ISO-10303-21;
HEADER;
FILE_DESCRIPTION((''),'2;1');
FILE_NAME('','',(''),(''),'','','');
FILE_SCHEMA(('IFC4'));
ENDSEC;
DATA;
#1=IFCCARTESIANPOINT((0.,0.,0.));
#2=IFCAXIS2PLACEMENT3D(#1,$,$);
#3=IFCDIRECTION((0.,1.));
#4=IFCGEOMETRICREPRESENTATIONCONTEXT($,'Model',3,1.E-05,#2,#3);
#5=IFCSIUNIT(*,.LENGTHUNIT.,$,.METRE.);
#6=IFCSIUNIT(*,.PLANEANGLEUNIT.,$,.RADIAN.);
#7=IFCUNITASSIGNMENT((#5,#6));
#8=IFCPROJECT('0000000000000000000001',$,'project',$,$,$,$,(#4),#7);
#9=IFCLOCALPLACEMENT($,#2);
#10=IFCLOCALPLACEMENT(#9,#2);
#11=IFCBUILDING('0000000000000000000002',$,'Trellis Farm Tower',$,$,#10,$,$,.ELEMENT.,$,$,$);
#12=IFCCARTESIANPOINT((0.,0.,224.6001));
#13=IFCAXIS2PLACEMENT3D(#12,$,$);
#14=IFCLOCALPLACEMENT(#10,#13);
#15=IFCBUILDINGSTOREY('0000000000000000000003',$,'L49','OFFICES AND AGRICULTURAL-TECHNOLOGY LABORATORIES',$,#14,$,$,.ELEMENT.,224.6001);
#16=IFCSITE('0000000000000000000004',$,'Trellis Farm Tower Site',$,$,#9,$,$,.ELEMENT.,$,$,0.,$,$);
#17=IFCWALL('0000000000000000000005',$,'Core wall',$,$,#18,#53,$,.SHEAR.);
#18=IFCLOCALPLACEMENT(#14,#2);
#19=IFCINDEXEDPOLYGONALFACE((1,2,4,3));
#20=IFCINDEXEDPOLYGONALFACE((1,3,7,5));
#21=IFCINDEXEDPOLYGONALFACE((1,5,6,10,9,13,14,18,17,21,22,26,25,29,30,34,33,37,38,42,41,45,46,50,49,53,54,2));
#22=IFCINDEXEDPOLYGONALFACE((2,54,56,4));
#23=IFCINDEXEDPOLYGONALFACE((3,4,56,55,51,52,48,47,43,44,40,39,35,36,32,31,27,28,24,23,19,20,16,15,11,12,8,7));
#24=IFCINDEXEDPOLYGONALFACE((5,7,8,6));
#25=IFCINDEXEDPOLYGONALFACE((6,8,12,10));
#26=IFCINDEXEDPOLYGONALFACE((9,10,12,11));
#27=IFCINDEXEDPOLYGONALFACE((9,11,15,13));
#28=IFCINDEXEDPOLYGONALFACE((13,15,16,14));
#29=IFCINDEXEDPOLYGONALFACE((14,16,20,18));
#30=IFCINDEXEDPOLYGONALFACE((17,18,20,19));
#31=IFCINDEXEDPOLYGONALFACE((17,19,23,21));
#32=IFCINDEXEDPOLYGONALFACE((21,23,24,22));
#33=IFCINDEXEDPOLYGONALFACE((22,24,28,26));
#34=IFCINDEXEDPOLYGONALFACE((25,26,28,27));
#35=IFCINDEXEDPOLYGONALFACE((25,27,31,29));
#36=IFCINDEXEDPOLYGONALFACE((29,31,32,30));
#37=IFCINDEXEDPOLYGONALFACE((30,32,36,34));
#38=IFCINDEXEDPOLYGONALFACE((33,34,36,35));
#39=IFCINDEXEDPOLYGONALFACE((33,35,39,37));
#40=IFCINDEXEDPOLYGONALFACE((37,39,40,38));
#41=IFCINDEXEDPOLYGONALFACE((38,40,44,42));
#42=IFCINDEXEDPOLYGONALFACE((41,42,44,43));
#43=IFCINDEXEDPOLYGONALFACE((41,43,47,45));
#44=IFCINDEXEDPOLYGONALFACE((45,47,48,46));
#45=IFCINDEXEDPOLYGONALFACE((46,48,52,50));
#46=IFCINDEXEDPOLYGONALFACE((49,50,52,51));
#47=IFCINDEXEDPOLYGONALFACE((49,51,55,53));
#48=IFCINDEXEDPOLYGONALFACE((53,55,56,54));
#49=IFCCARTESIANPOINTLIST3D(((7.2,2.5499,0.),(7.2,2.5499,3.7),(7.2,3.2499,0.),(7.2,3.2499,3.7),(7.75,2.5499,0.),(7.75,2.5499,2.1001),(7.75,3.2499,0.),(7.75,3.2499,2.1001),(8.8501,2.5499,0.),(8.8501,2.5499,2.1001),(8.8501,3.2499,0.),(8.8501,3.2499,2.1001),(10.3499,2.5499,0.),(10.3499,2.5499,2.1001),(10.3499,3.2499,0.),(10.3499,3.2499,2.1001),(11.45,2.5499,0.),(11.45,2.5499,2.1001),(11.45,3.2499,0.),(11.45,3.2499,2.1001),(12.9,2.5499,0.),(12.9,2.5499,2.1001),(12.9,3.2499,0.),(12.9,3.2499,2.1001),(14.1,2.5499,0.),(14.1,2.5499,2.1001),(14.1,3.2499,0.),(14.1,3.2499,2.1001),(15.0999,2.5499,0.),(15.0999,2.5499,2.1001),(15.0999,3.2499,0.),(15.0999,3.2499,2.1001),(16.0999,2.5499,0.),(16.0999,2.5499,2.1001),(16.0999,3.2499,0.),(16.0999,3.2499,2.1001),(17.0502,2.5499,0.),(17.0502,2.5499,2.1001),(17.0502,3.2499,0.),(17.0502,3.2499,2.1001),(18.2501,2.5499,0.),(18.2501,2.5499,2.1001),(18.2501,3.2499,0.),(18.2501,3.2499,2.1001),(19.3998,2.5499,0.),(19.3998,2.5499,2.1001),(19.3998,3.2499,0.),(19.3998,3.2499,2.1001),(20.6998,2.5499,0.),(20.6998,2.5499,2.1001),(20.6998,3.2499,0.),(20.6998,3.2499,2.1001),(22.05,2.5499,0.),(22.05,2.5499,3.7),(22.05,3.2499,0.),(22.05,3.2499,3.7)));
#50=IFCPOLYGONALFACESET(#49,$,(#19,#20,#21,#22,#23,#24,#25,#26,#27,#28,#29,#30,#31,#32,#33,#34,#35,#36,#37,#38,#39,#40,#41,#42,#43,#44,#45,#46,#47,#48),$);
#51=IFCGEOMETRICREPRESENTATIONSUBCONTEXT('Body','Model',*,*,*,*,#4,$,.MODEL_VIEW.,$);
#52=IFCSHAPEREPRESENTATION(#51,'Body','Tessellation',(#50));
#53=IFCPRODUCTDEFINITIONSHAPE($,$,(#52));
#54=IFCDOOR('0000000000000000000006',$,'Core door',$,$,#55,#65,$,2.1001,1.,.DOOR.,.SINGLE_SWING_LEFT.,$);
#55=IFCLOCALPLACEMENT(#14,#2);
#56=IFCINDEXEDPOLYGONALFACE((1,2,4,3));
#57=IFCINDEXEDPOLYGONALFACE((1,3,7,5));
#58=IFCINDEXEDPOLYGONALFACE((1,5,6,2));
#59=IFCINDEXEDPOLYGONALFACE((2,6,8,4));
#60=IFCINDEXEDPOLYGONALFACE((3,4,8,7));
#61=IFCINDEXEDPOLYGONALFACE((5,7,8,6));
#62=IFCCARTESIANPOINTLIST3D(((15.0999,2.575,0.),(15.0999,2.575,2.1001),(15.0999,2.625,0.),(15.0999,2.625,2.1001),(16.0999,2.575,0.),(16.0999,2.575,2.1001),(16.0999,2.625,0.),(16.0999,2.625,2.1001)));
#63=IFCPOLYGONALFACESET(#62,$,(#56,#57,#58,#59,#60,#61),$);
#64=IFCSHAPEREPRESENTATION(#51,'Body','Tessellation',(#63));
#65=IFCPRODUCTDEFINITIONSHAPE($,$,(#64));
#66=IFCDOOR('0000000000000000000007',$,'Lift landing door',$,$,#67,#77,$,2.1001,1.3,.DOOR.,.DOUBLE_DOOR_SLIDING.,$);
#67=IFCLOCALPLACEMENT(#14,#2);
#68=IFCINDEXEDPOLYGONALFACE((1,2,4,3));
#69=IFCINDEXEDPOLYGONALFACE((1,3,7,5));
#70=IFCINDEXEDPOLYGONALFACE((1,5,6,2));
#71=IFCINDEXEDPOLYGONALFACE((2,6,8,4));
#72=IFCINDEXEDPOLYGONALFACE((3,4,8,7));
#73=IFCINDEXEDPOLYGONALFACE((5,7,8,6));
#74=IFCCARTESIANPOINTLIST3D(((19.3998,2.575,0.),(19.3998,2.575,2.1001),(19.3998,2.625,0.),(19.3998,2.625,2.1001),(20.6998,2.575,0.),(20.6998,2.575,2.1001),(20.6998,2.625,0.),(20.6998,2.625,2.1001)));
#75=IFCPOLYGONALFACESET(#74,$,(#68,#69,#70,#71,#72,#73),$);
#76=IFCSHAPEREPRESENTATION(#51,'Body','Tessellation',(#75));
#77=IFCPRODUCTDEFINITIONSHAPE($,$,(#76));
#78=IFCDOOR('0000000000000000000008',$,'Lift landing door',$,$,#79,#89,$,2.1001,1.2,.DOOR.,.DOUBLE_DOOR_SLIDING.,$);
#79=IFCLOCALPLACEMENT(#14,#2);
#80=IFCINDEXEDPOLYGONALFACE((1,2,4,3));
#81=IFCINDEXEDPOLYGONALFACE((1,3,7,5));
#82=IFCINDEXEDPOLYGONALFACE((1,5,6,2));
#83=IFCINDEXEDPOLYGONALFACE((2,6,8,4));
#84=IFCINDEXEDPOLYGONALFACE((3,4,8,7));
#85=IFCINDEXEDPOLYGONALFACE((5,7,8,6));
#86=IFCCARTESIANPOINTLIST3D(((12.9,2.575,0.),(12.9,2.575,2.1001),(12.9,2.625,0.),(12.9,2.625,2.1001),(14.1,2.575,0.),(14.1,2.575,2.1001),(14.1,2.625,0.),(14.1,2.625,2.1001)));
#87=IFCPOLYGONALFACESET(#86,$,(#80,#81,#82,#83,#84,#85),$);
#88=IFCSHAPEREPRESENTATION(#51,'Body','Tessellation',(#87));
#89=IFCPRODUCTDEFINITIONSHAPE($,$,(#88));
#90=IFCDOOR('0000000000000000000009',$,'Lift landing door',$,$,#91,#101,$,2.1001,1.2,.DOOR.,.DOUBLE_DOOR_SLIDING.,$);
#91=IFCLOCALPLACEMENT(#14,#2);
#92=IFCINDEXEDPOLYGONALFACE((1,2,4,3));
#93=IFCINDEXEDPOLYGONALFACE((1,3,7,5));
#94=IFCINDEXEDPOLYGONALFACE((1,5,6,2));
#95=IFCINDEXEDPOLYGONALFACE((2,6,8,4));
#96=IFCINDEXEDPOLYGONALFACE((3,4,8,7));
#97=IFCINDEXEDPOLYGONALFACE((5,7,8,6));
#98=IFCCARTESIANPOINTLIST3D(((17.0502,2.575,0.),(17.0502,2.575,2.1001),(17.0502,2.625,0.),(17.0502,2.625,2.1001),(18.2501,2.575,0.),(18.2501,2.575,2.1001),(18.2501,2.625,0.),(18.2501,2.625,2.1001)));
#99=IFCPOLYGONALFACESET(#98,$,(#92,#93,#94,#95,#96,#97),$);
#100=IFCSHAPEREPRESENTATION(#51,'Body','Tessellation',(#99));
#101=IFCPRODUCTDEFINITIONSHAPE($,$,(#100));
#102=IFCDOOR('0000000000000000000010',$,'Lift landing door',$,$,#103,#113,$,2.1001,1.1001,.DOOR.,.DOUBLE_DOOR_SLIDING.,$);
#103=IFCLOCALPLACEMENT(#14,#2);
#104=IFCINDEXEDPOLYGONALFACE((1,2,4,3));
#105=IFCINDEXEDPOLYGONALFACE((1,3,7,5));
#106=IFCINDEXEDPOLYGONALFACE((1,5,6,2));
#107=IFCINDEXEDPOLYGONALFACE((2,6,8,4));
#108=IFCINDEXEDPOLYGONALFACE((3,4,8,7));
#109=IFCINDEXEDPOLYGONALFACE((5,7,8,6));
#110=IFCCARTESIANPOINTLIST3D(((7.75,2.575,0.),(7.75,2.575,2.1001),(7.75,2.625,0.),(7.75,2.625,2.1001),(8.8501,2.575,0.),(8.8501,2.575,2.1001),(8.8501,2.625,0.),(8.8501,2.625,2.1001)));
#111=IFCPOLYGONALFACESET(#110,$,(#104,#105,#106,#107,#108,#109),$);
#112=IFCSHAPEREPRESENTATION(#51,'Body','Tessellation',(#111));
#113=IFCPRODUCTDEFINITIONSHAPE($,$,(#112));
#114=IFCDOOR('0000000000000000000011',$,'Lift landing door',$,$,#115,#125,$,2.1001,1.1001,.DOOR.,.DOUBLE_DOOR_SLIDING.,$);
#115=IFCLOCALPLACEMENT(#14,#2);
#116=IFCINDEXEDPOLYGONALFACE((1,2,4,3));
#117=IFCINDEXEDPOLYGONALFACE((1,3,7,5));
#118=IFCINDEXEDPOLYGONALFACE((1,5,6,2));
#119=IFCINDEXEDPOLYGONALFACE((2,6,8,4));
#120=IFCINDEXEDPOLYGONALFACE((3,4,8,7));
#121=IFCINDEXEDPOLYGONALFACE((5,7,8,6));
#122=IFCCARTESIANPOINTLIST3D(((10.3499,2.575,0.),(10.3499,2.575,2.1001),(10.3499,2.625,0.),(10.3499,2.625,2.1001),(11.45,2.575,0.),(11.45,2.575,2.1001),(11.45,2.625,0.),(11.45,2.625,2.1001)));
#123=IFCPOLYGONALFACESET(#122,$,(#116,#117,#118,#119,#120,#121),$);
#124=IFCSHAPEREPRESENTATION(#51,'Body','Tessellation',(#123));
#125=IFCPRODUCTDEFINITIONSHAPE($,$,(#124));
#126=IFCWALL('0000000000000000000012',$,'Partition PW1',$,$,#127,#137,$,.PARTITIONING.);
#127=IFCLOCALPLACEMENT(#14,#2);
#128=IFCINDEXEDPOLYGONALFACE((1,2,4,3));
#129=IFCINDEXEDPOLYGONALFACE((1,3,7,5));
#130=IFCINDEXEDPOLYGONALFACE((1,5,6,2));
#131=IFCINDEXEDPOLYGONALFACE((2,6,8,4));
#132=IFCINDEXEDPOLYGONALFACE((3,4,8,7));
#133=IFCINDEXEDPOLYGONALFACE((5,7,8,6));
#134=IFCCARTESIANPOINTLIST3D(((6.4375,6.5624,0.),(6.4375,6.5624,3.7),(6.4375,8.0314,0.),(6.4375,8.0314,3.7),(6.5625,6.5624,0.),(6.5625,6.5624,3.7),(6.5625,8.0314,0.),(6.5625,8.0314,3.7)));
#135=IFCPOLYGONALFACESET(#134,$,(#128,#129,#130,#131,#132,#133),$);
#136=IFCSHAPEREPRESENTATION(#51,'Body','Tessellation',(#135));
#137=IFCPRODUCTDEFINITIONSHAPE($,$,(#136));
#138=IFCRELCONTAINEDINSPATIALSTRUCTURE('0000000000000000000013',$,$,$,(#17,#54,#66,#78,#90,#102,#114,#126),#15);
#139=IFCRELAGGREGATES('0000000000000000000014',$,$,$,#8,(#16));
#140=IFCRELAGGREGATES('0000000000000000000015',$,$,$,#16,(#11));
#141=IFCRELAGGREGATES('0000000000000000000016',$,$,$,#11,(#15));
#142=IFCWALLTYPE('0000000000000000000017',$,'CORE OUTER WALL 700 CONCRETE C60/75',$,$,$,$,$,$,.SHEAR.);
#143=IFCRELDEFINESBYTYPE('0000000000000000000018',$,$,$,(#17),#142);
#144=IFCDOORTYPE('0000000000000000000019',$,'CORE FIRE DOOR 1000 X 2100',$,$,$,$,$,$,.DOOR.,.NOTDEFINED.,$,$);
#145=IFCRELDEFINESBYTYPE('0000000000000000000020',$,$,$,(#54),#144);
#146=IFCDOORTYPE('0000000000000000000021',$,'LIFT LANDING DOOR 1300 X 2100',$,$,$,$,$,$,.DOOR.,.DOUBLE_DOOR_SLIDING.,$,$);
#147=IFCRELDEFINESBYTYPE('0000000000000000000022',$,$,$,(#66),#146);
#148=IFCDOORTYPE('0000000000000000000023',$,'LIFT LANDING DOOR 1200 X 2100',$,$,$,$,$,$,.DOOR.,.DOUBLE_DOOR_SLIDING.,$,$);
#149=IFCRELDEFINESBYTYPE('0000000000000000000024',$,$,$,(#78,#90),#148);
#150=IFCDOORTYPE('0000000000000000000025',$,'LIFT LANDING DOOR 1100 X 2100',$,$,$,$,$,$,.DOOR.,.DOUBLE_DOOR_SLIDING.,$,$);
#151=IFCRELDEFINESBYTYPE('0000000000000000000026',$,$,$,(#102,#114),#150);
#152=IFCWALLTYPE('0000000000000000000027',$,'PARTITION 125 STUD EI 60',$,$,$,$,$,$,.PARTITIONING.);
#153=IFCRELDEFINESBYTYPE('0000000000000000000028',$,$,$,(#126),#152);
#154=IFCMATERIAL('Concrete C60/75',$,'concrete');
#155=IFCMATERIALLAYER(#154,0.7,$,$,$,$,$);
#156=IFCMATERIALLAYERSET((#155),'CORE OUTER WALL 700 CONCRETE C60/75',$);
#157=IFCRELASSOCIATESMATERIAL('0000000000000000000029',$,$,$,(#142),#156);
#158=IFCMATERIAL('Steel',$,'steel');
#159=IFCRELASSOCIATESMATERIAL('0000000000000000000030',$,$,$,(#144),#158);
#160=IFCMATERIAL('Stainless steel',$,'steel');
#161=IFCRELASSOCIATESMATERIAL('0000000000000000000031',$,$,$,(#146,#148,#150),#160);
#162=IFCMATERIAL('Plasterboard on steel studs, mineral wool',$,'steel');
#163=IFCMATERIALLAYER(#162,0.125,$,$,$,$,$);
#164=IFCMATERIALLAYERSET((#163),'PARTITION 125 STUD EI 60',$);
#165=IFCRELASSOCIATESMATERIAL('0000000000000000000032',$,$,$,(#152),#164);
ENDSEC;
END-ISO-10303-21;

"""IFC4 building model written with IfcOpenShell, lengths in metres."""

from ifc_helpers import new_model, si_unit, direction, frame, frame_2d, origin, place, context, subcontext, project, spatial, rectangle, extrude, source, transform, mapped, material, layer, layer_set, type_object, element, fill, save


model = new_model("IFC4")

# Units and contexts
model_context = context("Model", 3, precision=1e-05, world=origin(), true_north=direction((0.0, 1.0)))
body_context = subcontext(model_context, "Body", "Model", "MODEL_VIEW")
ifc_project = project(units=[si_unit("LENGTHUNIT", "METRE"), si_unit("PLANEANGLEUNIT", "RADIAN")], contexts=[model_context])

# Site, building, storey
site_placement = place(None, origin())
site = spatial("IfcSite", under=ifc_project, at=site_placement, Name="Trellis Farm Tower Site", CompositionType="ELEMENT", RefElevation=0.0)
building_placement = place(site_placement, origin())
building = spatial("IfcBuilding", under=site, at=building_placement, Name="Trellis Farm Tower", CompositionType="ELEMENT")
storey_placement = place(building_placement, frame((0.0, 0.0, 224.6001)))
storey = spatial("IfcBuildingStorey", under=building, at=storey_placement, Name="L49", Description="OFFICES AND AGRICULTURAL-TECHNOLOGY LABORATORIES", CompositionType="ELEMENT", Elevation=224.6001)

# Shared definitions
ifc_material_1 = material(Name="Concrete C60/75", Category="concrete")

# Wall, openings, doors
ifc_layer_1 = layer(ifc_material_1, 0.7)
ifc_layer_set_1 = layer_set([ifc_layer_1], Name="CORE OUTER WALL 700 CONCRETE C60/75")
wall_type_1 = type_object("IfcWallType", Name="CORE OUTER WALL 700 CONCRETE C60/75", PredefinedType="SHEAR", material=ifc_layer_set_1)
shared_shape_1 = source(origin(), body_context, "Body", "SweptSolid", [
    extrude(rectangle(XDim=14.8501, YDim=0.7, at=frame_2d((7.425, 0.0))), origin(), (0.0, 0.0, 1.0), 3.7),
])
wall_1_placement = place(storey_placement, frame((7.2, 2.8999, 0.0), z_axis=(0.0, 0.0, 1.0), x_axis=(1.0, 0.0, 0.0)))
wall_1 = element("IfcWall", 1, at=wall_1_placement, inside=storey, type_object=wall_type_1, Name="Core wall", PredefinedType="SHEAR", context=body_context, shape_type="MappedRepresentation", body=[
    mapped(shared_shape_1, transform((0.0, 0.0, 0.0))),
])
shared_shape_2 = source(origin(), body_context, "Body", "SweptSolid", [
    extrude(rectangle(XDim=1.1001, YDim=2.1001, at=frame_2d((0.55, 1.05))), frame((0.0, 0.3601, 0.0), z_axis=(0.0, -1.0, 0.0), x_axis=(1.0, 0.0, 0.0)), (0.0, 0.0, 1.0), 0.7202),
])
opening_1_placement = place(wall_1_placement, frame((0.55, 0.0, 0.0)))
opening_1 = element("IfcOpeningElement", 2, at=opening_1_placement, cuts=wall_1, PredefinedType="OPENING", context=body_context, shape_type="MappedRepresentation", body=[
    mapped(shared_shape_2, transform((0.0, 0.0, 0.0))),
])
opening_2_placement = place(wall_1_placement, frame((3.1499, 0.0, 0.0)))
opening_2 = element("IfcOpeningElement", 3, at=opening_2_placement, cuts=wall_1, PredefinedType="OPENING", context=body_context, shape_type="MappedRepresentation", body=[
    mapped(shared_shape_2, transform((0.0, 0.0, 0.0))),
])
shared_shape_3 = source(origin(), body_context, "Body", "SweptSolid", [
    extrude(rectangle(XDim=1.2, YDim=2.1001, at=frame_2d((0.6001, 1.05))), frame((0.0, 0.3601, 0.0), z_axis=(0.0, -1.0, 0.0), x_axis=(1.0, 0.0, 0.0)), (0.0, 0.0, 1.0), 0.7202),
])
opening_3_placement = place(wall_1_placement, frame((5.7, 0.0, 0.0)))
opening_3 = element("IfcOpeningElement", 4, at=opening_3_placement, cuts=wall_1, PredefinedType="OPENING", context=body_context, shape_type="MappedRepresentation", body=[
    mapped(shared_shape_3, transform((0.0, 0.0, 0.0))),
])
shared_shape_4 = source(origin(), body_context, "Body", "SweptSolid", [
    extrude(rectangle(XDim=1.3, YDim=2.1001, at=frame_2d((0.6499, 1.05))), frame((0.0, 0.3601, 0.0), z_axis=(0.0, -1.0, 0.0), x_axis=(1.0, 0.0, 0.0)), (0.0, 0.0, 1.0), 0.7202),
])
opening_4_placement = place(wall_1_placement, frame((12.2, 0.0, 0.0)))
opening_4 = element("IfcOpeningElement", 5, at=opening_4_placement, cuts=wall_1, PredefinedType="OPENING", context=body_context, shape_type="MappedRepresentation", body=[
    mapped(shared_shape_4, transform((0.0, 0.0, 0.0))),
])
opening_5_placement = place(wall_1_placement, frame((9.8501, 0.0, 0.0)))
opening_5 = element("IfcOpeningElement", 6, at=opening_5_placement, cuts=wall_1, PredefinedType="OPENING", context=body_context, shape_type="MappedRepresentation", body=[
    mapped(shared_shape_3, transform((0.0, 0.0, 0.0))),
])
shared_shape_5 = source(origin(), body_context, "Body", "SweptSolid", [
    extrude(rectangle(XDim=1.0, YDim=2.1001, at=frame_2d((0.5, 1.05))), frame((0.0, 0.3601, 0.0), z_axis=(0.0, -1.0, 0.0), x_axis=(1.0, 0.0, 0.0)), (0.0, 0.0, 1.0), 0.7202),
])
opening_6_placement = place(wall_1_placement, frame((7.8999, 0.0, 0.0)))
opening_6 = element("IfcOpeningElement", 7, at=opening_6_placement, cuts=wall_1, PredefinedType="OPENING", context=body_context, shape_type="MappedRepresentation", body=[
    mapped(shared_shape_5, transform((0.0, 0.0, 0.0))),
])
ifc_material_2 = material(Name="Steel", Category="steel")
door_type_1 = type_object("IfcDoorType", Name="CORE FIRE DOOR 1000 X 2100", OperationType="NOTDEFINED", PredefinedType="DOOR", material=ifc_material_2)
shared_shape_6 = source(origin(), body_context, "Body", "SweptSolid", [
    extrude(rectangle(XDim=1.0, YDim=2.1001, at=frame_2d((0.5, 1.05))), frame((0.0, -0.2749, 0.0), z_axis=(0.0, -1.0, 0.0), x_axis=(1.0, 0.0, 0.0)), (0.0, 0.0, 1.0), 0.05),
])
door_1_placement = place(opening_6_placement, origin())
door_1 = element("IfcDoor", 8, at=door_1_placement, inside=storey, type_object=door_type_1, Name="Core door", OperationType="SINGLE_SWING_LEFT", OverallHeight=2.1001, OverallWidth=1.0, PredefinedType="DOOR", context=body_context, shape_type="MappedRepresentation", body=[
    mapped(shared_shape_6, transform((0.0, 0.0, 0.0))),
])
fill(opening_6, door_1)
ifc_material_3 = material(Name="Stainless steel", Category="steel")
door_type_2 = type_object("IfcDoorType", Name="LIFT LANDING DOOR 1300 X 2100", OperationType="DOUBLE_DOOR_SLIDING", PredefinedType="DOOR", material=ifc_material_3)
shared_shape_7 = source(origin(), body_context, "Body", "SweptSolid", [
    extrude(rectangle(XDim=1.3, YDim=2.1001, at=frame_2d((0.6499, 1.05))), frame((0.0, -0.2749, 0.0), z_axis=(0.0, -1.0, 0.0), x_axis=(1.0, 0.0, 0.0)), (0.0, 0.0, 1.0), 0.05),
])
door_2_placement = place(opening_4_placement, origin())
door_2 = element("IfcDoor", 9, at=door_2_placement, inside=storey, type_object=door_type_2, Name="Lift landing door", OperationType="DOUBLE_DOOR_SLIDING", OverallHeight=2.1001, OverallWidth=1.3, PredefinedType="DOOR", context=body_context, shape_type="MappedRepresentation", body=[
    mapped(shared_shape_7, transform((0.0, 0.0, 0.0))),
])
fill(opening_4, door_2)
door_type_3 = type_object("IfcDoorType", Name="LIFT LANDING DOOR 1200 X 2100", OperationType="DOUBLE_DOOR_SLIDING", PredefinedType="DOOR", material=ifc_material_3)
shared_shape_8 = source(origin(), body_context, "Body", "SweptSolid", [
    extrude(rectangle(XDim=1.2, YDim=2.1001, at=frame_2d((0.6001, 1.05))), frame((0.0, -0.2749, 0.0), z_axis=(0.0, -1.0, 0.0), x_axis=(1.0, 0.0, 0.0)), (0.0, 0.0, 1.0), 0.05),
])
door_3_placement = place(opening_3_placement, origin())
door_3 = element("IfcDoor", 10, at=door_3_placement, inside=storey, type_object=door_type_3, Name="Lift landing door", OperationType="DOUBLE_DOOR_SLIDING", OverallHeight=2.1001, OverallWidth=1.2, PredefinedType="DOOR", context=body_context, shape_type="MappedRepresentation", body=[
    mapped(shared_shape_8, transform((0.0, 0.0, 0.0))),
])
fill(opening_3, door_3)
door_4_placement = place(opening_5_placement, origin())
door_4 = element("IfcDoor", 11, at=door_4_placement, inside=storey, type_object=door_type_3, Name="Lift landing door", OperationType="DOUBLE_DOOR_SLIDING", OverallHeight=2.1001, OverallWidth=1.2, PredefinedType="DOOR", context=body_context, shape_type="MappedRepresentation", body=[
    mapped(shared_shape_8, transform((0.0, 0.0, 0.0))),
])
fill(opening_5, door_4)
door_type_4 = type_object("IfcDoorType", Name="LIFT LANDING DOOR 1100 X 2100", OperationType="DOUBLE_DOOR_SLIDING", PredefinedType="DOOR", material=ifc_material_3)
shared_shape_9 = source(origin(), body_context, "Body", "SweptSolid", [
    extrude(rectangle(XDim=1.1001, YDim=2.1001, at=frame_2d((0.55, 1.05))), frame((0.0, -0.2749, 0.0), z_axis=(0.0, -1.0, 0.0), x_axis=(1.0, 0.0, 0.0)), (0.0, 0.0, 1.0), 0.05),
])
door_5_placement = place(opening_1_placement, origin())
door_5 = element("IfcDoor", 12, at=door_5_placement, inside=storey, type_object=door_type_4, Name="Lift landing door", OperationType="DOUBLE_DOOR_SLIDING", OverallHeight=2.1001, OverallWidth=1.1001, PredefinedType="DOOR", context=body_context, shape_type="MappedRepresentation", body=[
    mapped(shared_shape_9, transform((0.0, 0.0, 0.0))),
])
fill(opening_1, door_5)
door_6_placement = place(opening_2_placement, origin())
door_6 = element("IfcDoor", 13, at=door_6_placement, inside=storey, type_object=door_type_4, Name="Lift landing door", OperationType="DOUBLE_DOOR_SLIDING", OverallHeight=2.1001, OverallWidth=1.1001, PredefinedType="DOOR", context=body_context, shape_type="MappedRepresentation", body=[
    mapped(shared_shape_9, transform((0.0, 0.0, 0.0))),
])
fill(opening_2, door_6)

# Wall
ifc_material_4 = material(Name="Plasterboard on steel studs, mineral wool", Category="steel")
ifc_layer_2 = layer(ifc_material_4, 0.125)
ifc_layer_set_2 = layer_set([ifc_layer_2], Name="PARTITION 125 STUD EI 60")
wall_type_2 = type_object("IfcWallType", Name="PARTITION 125 STUD EI 60", PredefinedType="PARTITIONING", material=ifc_layer_set_2)
shared_shape_10 = source(origin(), body_context, "Body", "SweptSolid", [
    extrude(rectangle(XDim=1.469, YDim=0.125, at=frame_2d((0.7344, 0.0))), origin(), (0.0, 0.0, 1.0), 3.7),
])
wall_2_placement = place(storey_placement, frame((6.5, 6.5625, 0.0), z_axis=(0.0, 0.0, 1.0), x_axis=(0.0, 1.0, 0.0)))
element("IfcWall", 14, at=wall_2_placement, inside=storey, type_object=wall_type_2, Name="Partition PW1", PredefinedType="PARTITIONING", context=body_context, shape_type="MappedRepresentation", body=[
    mapped(shared_shape_10, transform((0.0, 0.0, 0.0))),
])

save(model, "model.ifc")
